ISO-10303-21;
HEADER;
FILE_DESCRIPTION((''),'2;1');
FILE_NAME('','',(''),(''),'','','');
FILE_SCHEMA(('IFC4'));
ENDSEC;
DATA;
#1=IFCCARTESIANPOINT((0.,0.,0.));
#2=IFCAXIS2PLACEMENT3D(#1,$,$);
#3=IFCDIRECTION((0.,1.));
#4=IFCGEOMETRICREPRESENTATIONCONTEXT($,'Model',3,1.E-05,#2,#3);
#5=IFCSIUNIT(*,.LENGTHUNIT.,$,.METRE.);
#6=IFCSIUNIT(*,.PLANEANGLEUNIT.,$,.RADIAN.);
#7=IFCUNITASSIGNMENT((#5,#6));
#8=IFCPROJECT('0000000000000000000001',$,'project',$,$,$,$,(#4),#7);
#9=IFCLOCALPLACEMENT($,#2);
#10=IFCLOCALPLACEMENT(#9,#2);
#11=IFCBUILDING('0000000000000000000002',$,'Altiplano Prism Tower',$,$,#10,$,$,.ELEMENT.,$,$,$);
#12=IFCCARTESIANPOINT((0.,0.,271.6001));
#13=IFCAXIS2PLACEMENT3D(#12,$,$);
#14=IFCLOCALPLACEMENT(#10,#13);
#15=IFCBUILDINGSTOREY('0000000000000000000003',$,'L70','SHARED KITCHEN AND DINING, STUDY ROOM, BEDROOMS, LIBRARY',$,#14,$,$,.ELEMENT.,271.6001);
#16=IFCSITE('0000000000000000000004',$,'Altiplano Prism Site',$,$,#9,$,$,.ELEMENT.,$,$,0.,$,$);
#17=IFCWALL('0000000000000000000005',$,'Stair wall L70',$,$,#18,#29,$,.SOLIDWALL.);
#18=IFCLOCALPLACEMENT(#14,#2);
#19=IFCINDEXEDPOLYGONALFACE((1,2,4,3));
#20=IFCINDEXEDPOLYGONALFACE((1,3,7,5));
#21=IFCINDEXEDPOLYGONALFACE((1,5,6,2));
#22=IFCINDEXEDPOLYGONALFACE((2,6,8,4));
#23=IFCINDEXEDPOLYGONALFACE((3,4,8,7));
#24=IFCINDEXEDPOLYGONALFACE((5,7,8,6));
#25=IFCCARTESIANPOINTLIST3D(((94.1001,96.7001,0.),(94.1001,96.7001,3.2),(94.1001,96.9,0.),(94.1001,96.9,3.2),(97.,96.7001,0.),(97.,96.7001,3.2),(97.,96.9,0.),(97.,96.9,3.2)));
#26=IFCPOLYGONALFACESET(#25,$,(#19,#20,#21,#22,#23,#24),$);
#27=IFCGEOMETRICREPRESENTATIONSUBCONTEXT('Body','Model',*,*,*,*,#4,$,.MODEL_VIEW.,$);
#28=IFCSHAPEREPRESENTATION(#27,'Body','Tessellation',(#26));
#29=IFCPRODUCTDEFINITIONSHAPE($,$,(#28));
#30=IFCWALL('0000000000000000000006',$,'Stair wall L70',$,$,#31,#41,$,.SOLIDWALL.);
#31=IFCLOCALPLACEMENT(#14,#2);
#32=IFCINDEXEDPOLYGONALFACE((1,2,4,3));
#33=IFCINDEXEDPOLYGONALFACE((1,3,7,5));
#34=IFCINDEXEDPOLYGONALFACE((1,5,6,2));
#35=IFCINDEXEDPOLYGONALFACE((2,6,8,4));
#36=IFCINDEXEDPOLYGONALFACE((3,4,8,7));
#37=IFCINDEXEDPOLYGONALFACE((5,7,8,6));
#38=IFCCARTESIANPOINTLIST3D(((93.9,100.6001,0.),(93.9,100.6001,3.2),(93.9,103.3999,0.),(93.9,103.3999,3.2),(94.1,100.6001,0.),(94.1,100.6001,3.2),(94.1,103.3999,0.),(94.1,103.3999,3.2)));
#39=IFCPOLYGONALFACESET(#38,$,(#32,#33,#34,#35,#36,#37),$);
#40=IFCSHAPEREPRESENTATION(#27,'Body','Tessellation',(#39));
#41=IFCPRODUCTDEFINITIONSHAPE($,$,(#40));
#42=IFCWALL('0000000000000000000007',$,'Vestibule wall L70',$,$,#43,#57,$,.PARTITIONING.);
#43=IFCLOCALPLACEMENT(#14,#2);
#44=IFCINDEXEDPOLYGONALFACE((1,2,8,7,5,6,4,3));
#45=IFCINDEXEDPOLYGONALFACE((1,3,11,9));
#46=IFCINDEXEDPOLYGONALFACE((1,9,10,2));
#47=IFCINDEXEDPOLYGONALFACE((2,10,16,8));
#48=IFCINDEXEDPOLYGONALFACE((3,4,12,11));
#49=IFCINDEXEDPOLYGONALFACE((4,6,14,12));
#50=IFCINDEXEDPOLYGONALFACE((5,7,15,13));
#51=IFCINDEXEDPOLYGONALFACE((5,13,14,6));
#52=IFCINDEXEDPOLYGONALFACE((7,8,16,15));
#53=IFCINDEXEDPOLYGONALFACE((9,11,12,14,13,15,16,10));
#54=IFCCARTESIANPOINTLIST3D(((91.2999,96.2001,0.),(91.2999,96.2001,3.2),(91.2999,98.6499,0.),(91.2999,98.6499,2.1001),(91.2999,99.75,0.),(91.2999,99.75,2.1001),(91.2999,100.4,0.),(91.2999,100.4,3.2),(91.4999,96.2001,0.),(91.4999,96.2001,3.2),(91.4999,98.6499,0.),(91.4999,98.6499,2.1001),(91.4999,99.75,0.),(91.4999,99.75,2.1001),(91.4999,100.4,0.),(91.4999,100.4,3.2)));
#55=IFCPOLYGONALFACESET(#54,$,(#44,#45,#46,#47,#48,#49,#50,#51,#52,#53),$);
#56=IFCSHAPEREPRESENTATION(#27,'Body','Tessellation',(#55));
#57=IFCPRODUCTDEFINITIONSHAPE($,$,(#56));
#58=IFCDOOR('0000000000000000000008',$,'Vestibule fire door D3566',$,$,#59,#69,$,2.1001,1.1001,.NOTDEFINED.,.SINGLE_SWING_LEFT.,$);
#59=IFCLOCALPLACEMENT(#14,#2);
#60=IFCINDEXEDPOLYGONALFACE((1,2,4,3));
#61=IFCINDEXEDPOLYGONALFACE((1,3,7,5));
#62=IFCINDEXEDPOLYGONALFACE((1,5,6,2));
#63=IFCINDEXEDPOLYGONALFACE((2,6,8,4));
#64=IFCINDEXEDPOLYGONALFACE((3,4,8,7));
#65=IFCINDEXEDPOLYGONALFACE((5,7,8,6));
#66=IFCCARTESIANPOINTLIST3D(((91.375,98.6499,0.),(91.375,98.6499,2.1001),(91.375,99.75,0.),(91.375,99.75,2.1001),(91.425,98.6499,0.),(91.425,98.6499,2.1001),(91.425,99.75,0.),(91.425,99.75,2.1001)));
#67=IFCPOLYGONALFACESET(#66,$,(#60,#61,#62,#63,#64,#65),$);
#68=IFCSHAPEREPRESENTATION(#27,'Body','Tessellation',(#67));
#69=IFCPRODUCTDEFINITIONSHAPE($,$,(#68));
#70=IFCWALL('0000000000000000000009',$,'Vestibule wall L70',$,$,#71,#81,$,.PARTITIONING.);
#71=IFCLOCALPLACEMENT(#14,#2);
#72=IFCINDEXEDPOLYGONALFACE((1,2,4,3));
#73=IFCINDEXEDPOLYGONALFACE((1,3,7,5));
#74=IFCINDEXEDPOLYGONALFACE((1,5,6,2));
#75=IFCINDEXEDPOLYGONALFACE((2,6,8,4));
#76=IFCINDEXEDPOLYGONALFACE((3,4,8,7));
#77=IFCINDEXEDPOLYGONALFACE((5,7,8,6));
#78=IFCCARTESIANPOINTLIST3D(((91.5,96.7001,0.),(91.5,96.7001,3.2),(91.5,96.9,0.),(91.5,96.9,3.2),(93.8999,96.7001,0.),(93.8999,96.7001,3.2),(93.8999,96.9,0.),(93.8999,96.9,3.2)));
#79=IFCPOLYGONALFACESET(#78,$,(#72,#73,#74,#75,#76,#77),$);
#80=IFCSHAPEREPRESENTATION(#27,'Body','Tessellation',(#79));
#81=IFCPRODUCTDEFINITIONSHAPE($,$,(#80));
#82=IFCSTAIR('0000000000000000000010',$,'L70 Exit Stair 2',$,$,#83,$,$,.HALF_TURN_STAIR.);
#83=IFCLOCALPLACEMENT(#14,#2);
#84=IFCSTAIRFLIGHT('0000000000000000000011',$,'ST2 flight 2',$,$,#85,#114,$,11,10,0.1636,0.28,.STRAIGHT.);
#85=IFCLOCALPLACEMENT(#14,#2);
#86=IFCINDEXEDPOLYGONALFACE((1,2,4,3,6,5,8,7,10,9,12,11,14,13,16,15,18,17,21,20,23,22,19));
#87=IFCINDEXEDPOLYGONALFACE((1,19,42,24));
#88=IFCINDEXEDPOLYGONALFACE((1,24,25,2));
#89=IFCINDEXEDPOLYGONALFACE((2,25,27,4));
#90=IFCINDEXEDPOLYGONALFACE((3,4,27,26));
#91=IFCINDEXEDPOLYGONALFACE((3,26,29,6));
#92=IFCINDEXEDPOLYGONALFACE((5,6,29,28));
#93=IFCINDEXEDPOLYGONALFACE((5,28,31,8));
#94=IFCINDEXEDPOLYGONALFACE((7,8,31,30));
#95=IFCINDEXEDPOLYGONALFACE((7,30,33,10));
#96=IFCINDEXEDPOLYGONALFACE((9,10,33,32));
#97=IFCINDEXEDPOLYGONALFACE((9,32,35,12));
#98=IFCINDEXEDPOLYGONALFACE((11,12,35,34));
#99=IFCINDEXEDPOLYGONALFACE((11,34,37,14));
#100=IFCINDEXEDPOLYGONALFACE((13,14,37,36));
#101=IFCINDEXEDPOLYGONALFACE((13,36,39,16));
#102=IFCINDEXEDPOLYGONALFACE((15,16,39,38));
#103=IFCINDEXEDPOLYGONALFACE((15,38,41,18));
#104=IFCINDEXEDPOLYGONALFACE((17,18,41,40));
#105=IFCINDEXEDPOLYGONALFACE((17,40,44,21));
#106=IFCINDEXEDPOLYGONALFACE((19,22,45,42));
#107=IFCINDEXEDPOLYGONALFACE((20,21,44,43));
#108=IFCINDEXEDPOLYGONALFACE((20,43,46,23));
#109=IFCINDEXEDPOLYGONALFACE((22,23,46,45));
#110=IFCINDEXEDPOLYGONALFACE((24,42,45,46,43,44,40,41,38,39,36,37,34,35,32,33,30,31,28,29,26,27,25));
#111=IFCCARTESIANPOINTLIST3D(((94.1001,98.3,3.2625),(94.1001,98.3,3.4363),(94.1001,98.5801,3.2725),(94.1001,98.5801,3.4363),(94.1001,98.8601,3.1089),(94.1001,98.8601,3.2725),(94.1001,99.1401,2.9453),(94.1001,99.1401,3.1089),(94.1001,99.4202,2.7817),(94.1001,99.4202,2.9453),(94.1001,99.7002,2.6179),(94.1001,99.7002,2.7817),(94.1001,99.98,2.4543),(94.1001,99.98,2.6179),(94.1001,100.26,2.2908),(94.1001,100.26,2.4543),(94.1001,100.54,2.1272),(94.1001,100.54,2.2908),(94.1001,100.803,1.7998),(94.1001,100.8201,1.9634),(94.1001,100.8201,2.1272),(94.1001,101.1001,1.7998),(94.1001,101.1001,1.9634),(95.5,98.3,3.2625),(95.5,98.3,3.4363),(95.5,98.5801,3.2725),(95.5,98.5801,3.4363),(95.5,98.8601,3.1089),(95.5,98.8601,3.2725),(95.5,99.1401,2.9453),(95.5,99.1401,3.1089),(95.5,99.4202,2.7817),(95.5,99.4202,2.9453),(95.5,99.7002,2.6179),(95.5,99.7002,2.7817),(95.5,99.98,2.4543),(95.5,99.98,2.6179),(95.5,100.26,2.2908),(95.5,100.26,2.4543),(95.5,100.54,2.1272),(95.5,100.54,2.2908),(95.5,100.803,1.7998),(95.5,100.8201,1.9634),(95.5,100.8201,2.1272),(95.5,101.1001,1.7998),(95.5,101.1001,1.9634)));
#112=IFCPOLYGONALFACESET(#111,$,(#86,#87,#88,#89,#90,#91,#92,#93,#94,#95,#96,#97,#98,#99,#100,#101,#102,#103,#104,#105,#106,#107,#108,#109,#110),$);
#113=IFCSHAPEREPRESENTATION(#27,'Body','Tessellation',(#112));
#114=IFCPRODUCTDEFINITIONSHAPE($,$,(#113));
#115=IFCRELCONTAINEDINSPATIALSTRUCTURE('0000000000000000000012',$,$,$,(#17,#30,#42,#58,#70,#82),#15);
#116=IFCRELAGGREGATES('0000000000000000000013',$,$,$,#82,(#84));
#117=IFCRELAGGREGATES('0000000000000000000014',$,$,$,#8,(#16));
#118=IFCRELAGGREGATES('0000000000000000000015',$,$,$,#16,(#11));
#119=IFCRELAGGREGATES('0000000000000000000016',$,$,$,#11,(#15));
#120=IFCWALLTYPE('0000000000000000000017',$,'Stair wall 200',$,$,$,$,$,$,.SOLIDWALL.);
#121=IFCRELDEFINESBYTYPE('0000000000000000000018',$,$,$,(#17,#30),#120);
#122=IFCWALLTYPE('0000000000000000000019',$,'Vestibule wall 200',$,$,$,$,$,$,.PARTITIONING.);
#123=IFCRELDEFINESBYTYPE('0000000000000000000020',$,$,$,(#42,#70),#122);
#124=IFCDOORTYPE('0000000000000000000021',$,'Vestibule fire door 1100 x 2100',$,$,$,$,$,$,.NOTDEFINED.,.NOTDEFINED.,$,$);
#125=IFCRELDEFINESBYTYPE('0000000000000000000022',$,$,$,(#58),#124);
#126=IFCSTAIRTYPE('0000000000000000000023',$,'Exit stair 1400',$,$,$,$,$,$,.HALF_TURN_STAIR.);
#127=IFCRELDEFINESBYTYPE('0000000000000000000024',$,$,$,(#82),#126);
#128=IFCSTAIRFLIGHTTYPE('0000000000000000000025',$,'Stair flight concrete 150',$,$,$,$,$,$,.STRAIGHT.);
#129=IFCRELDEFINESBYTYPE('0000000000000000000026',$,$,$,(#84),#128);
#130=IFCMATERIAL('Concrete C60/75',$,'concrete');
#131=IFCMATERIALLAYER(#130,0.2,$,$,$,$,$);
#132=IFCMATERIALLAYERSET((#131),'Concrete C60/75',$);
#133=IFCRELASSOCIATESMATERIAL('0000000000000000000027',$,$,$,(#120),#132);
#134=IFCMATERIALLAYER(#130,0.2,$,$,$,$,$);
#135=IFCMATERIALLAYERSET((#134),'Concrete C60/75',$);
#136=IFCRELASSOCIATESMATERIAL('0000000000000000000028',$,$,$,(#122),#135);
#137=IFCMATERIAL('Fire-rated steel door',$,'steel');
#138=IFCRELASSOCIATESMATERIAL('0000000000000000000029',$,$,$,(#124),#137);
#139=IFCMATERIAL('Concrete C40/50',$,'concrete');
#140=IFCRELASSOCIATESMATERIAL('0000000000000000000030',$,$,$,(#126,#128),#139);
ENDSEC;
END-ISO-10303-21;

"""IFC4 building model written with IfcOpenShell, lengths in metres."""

from ifc_helpers import new_model, si_unit, direction, frame, frame_2d, origin, place, context, subcontext, project, spatial, polyline, rectangle, outline, extrude, material, layer, layer_set, type_object, element, fill, aggregate, save


model = new_model("IFC4")

# Units and contexts
model_context = context("Model", 3, precision=1e-05, world=origin(), true_north=direction((0.0, 1.0)))
body_context = subcontext(model_context, "Body", "Model", "MODEL_VIEW")
ifc_project = project(units=[si_unit("LENGTHUNIT", "METRE"), si_unit("PLANEANGLEUNIT", "RADIAN")], contexts=[model_context])

# Site, building, storey
site_placement = place(None, origin())
site = spatial("IfcSite", under=ifc_project, at=site_placement, Name="Altiplano Prism Site", CompositionType="ELEMENT", RefElevation=0.0)
building_placement = place(site_placement, origin())
building = spatial("IfcBuilding", under=site, at=building_placement, Name="Altiplano Prism Tower", CompositionType="ELEMENT")
storey_placement = place(building_placement, frame((0.0, 0.0, 271.6001)))
storey = spatial("IfcBuildingStorey", under=building, at=storey_placement, Name="L70", Description="SHARED KITCHEN AND DINING, STUDY ROOM, BEDROOMS, LIBRARY", CompositionType="ELEMENT", Elevation=271.6001)

# Shared definitions
ifc_material_1 = material(Name="Concrete C60/75", Category="concrete")

# Shared definitions
ifc_layer_1 = layer(ifc_material_1, 0.2)
ifc_layer_set_1 = layer_set([ifc_layer_1], Name="Concrete C60/75")
wall_type_1 = type_object("IfcWallType", Name="Stair wall 200", PredefinedType="SOLIDWALL", material=ifc_layer_set_1)
ifc_material_2 = material(Name="Fire-rated steel door", Category="steel")

# Walls
wall_1_placement = place(storey_placement, frame((94.1001, 96.8, 0.0), z_axis=(0.0, 0.0, 1.0), x_axis=(1.0, 0.0, 0.0)))
element("IfcWall", 1, at=wall_1_placement, inside=storey, type_object=wall_type_1, Name="Stair wall L70", PredefinedType="SOLIDWALL", context=body_context, shape_type="SweptSolid", body=[
    extrude(rectangle(XDim=2.8999, YDim=0.2, at=frame_2d((1.45, 0.0))), origin(), (0.0, 0.0, 1.0), 3.2),
])
wall_2_placement = place(storey_placement, frame((94.0, 100.6001, 0.0), z_axis=(0.0, 0.0, 1.0), x_axis=(0.0, 1.0, 0.0)))
element("IfcWall", 2, at=wall_2_placement, inside=storey, type_object=wall_type_1, Name="Stair wall L70", PredefinedType="SOLIDWALL", context=body_context, shape_type="SweptSolid", body=[
    extrude(rectangle(XDim=2.7998, YDim=0.2, at=frame_2d((1.3999, 0.0))), origin(), (0.0, 0.0, 1.0), 3.2),
])

# Wall, opening, door
ifc_layer_2 = layer(ifc_material_1, 0.2)
ifc_layer_set_2 = layer_set([ifc_layer_2], Name="Concrete C60/75")
wall_type_2 = type_object("IfcWallType", Name="Vestibule wall 200", PredefinedType="PARTITIONING", material=ifc_layer_set_2)
wall_3_placement = place(storey_placement, frame((91.3999, 96.2, 0.0), z_axis=(0.0, 0.0, 1.0), x_axis=(0.0, 1.0, 0.0)))
wall_3 = element("IfcWall", 3, at=wall_3_placement, inside=storey, type_object=wall_type_2, Name="Vestibule wall L70", PredefinedType="PARTITIONING", context=body_context, shape_type="SweptSolid", body=[
    extrude(rectangle(XDim=4.2, YDim=0.2, at=frame_2d((2.1001, 0.0))), origin(), (0.0, 0.0, 1.0), 3.2),
])
opening_1_placement = place(wall_3_placement, frame((2.45, 0.0, 0.0)))
opening_1 = element("IfcOpeningElement", 4, at=opening_1_placement, cuts=wall_3, PredefinedType="OPENING", context=body_context, shape_type="SweptSolid", body=[
    extrude(rectangle(XDim=1.1001, YDim=2.1001, at=frame_2d((0.55, 1.05))), frame((0.0, 0.1104, 0.0), z_axis=(0.0, -1.0, 0.0), x_axis=(1.0, 0.0, 0.0)), (0.0, 0.0, 1.0), 0.2209),
])
door_type_1 = type_object("IfcDoorType", Name="Vestibule fire door 1100 x 2100", OperationType="NOTDEFINED", PredefinedType="NOTDEFINED", material=ifc_material_2)
door_1_placement = place(opening_1_placement, origin())
door_1 = element("IfcDoor", 5, at=door_1_placement, inside=storey, type_object=door_type_1, Name="Vestibule fire door D3566", OperationType="SINGLE_SWING_LEFT", OverallHeight=2.1001, OverallWidth=1.1001, PredefinedType="NOTDEFINED", context=body_context, shape_type="SweptSolid", body=[
    extrude(rectangle(XDim=1.1001, YDim=2.1001, at=frame_2d((0.55, 1.05))), frame((0.0, 0.0249, 0.0), z_axis=(0.0, -1.0, 0.0), x_axis=(1.0, 0.0, 0.0)), (0.0, 0.0, 1.0), 0.05),
])
fill(opening_1, door_1)

# Wall
wall_4_placement = place(storey_placement, frame((91.5, 96.8, 0.0), z_axis=(0.0, 0.0, 1.0), x_axis=(1.0, 0.0, 0.0)))
element("IfcWall", 6, at=wall_4_placement, inside=storey, type_object=wall_type_2, Name="Vestibule wall L70", PredefinedType="PARTITIONING", context=body_context, shape_type="SweptSolid", body=[
    extrude(rectangle(XDim=2.3999, YDim=0.2, at=frame_2d((1.2, 0.0))), origin(), (0.0, 0.0, 1.0), 3.2),
])

# Stair, stair flight
ifc_material_3 = material(Name="Concrete C40/50", Category="concrete")
stair_type = type_object("IfcStairType", Name="Exit stair 1400", PredefinedType="HALF_TURN_STAIR", material=ifc_material_3)
stair_placement = place(storey_placement, origin())
stair = element("IfcStair", 7, at=stair_placement, inside=storey, type_object=stair_type, Name="L70 Exit Stair 2", PredefinedType="HALF_TURN_STAIR")
stair_flight_type = type_object("IfcStairFlightType", Name="Stair flight concrete 150", PredefinedType="STRAIGHT", material=ifc_material_3)
stair_flight_placement = place(storey_placement, frame((94.8, 101.1001, 1.7998), z_axis=(0.0, 0.0, 1.0), x_axis=(0.0, -1.0, 0.0)))
stair_flight = element("IfcStairFlight", 8, at=stair_flight_placement, type_object=stair_flight_type, Name="ST2 flight 2", NumberOfRisers=11, NumberOfTreads=10, PredefinedType="STRAIGHT", RiserHeight=0.1636, TreadLength=0.28, context=body_context, shape_type="SweptSolid", body=[
    extrude(outline(polyline([(0.0, 0.0), (0.0, 0.1636), (0.28, 0.1636), (0.28, 0.3274), (0.5601, 0.3274), (0.5601, 0.491), (0.8401, 0.491), (0.8401, 0.6545), (1.1201, 0.6545), (1.1201, 0.8181), (1.3999, 0.8181), (1.3999, 0.9819), (1.6799, 0.9819), (1.6799, 1.1455), (1.96, 1.1455), (1.96, 1.3091), (2.24, 1.3091), (2.24, 1.4727), (2.52, 1.4727), (2.52, 1.6365), (2.8, 1.6365), (2.8, 1.8), (2.8, 1.4626), (0.2971, 0.0), (0.0, 0.0)])), frame((0.0, 0.7, 0.0), z_axis=(0.0, -1.0, 0.0), x_axis=(1.0, 0.0, 0.0)), (0.0, 0.0, 1.0), 1.3999),
])
aggregate(stair, [stair_flight])

save(model, "model.ifc")
